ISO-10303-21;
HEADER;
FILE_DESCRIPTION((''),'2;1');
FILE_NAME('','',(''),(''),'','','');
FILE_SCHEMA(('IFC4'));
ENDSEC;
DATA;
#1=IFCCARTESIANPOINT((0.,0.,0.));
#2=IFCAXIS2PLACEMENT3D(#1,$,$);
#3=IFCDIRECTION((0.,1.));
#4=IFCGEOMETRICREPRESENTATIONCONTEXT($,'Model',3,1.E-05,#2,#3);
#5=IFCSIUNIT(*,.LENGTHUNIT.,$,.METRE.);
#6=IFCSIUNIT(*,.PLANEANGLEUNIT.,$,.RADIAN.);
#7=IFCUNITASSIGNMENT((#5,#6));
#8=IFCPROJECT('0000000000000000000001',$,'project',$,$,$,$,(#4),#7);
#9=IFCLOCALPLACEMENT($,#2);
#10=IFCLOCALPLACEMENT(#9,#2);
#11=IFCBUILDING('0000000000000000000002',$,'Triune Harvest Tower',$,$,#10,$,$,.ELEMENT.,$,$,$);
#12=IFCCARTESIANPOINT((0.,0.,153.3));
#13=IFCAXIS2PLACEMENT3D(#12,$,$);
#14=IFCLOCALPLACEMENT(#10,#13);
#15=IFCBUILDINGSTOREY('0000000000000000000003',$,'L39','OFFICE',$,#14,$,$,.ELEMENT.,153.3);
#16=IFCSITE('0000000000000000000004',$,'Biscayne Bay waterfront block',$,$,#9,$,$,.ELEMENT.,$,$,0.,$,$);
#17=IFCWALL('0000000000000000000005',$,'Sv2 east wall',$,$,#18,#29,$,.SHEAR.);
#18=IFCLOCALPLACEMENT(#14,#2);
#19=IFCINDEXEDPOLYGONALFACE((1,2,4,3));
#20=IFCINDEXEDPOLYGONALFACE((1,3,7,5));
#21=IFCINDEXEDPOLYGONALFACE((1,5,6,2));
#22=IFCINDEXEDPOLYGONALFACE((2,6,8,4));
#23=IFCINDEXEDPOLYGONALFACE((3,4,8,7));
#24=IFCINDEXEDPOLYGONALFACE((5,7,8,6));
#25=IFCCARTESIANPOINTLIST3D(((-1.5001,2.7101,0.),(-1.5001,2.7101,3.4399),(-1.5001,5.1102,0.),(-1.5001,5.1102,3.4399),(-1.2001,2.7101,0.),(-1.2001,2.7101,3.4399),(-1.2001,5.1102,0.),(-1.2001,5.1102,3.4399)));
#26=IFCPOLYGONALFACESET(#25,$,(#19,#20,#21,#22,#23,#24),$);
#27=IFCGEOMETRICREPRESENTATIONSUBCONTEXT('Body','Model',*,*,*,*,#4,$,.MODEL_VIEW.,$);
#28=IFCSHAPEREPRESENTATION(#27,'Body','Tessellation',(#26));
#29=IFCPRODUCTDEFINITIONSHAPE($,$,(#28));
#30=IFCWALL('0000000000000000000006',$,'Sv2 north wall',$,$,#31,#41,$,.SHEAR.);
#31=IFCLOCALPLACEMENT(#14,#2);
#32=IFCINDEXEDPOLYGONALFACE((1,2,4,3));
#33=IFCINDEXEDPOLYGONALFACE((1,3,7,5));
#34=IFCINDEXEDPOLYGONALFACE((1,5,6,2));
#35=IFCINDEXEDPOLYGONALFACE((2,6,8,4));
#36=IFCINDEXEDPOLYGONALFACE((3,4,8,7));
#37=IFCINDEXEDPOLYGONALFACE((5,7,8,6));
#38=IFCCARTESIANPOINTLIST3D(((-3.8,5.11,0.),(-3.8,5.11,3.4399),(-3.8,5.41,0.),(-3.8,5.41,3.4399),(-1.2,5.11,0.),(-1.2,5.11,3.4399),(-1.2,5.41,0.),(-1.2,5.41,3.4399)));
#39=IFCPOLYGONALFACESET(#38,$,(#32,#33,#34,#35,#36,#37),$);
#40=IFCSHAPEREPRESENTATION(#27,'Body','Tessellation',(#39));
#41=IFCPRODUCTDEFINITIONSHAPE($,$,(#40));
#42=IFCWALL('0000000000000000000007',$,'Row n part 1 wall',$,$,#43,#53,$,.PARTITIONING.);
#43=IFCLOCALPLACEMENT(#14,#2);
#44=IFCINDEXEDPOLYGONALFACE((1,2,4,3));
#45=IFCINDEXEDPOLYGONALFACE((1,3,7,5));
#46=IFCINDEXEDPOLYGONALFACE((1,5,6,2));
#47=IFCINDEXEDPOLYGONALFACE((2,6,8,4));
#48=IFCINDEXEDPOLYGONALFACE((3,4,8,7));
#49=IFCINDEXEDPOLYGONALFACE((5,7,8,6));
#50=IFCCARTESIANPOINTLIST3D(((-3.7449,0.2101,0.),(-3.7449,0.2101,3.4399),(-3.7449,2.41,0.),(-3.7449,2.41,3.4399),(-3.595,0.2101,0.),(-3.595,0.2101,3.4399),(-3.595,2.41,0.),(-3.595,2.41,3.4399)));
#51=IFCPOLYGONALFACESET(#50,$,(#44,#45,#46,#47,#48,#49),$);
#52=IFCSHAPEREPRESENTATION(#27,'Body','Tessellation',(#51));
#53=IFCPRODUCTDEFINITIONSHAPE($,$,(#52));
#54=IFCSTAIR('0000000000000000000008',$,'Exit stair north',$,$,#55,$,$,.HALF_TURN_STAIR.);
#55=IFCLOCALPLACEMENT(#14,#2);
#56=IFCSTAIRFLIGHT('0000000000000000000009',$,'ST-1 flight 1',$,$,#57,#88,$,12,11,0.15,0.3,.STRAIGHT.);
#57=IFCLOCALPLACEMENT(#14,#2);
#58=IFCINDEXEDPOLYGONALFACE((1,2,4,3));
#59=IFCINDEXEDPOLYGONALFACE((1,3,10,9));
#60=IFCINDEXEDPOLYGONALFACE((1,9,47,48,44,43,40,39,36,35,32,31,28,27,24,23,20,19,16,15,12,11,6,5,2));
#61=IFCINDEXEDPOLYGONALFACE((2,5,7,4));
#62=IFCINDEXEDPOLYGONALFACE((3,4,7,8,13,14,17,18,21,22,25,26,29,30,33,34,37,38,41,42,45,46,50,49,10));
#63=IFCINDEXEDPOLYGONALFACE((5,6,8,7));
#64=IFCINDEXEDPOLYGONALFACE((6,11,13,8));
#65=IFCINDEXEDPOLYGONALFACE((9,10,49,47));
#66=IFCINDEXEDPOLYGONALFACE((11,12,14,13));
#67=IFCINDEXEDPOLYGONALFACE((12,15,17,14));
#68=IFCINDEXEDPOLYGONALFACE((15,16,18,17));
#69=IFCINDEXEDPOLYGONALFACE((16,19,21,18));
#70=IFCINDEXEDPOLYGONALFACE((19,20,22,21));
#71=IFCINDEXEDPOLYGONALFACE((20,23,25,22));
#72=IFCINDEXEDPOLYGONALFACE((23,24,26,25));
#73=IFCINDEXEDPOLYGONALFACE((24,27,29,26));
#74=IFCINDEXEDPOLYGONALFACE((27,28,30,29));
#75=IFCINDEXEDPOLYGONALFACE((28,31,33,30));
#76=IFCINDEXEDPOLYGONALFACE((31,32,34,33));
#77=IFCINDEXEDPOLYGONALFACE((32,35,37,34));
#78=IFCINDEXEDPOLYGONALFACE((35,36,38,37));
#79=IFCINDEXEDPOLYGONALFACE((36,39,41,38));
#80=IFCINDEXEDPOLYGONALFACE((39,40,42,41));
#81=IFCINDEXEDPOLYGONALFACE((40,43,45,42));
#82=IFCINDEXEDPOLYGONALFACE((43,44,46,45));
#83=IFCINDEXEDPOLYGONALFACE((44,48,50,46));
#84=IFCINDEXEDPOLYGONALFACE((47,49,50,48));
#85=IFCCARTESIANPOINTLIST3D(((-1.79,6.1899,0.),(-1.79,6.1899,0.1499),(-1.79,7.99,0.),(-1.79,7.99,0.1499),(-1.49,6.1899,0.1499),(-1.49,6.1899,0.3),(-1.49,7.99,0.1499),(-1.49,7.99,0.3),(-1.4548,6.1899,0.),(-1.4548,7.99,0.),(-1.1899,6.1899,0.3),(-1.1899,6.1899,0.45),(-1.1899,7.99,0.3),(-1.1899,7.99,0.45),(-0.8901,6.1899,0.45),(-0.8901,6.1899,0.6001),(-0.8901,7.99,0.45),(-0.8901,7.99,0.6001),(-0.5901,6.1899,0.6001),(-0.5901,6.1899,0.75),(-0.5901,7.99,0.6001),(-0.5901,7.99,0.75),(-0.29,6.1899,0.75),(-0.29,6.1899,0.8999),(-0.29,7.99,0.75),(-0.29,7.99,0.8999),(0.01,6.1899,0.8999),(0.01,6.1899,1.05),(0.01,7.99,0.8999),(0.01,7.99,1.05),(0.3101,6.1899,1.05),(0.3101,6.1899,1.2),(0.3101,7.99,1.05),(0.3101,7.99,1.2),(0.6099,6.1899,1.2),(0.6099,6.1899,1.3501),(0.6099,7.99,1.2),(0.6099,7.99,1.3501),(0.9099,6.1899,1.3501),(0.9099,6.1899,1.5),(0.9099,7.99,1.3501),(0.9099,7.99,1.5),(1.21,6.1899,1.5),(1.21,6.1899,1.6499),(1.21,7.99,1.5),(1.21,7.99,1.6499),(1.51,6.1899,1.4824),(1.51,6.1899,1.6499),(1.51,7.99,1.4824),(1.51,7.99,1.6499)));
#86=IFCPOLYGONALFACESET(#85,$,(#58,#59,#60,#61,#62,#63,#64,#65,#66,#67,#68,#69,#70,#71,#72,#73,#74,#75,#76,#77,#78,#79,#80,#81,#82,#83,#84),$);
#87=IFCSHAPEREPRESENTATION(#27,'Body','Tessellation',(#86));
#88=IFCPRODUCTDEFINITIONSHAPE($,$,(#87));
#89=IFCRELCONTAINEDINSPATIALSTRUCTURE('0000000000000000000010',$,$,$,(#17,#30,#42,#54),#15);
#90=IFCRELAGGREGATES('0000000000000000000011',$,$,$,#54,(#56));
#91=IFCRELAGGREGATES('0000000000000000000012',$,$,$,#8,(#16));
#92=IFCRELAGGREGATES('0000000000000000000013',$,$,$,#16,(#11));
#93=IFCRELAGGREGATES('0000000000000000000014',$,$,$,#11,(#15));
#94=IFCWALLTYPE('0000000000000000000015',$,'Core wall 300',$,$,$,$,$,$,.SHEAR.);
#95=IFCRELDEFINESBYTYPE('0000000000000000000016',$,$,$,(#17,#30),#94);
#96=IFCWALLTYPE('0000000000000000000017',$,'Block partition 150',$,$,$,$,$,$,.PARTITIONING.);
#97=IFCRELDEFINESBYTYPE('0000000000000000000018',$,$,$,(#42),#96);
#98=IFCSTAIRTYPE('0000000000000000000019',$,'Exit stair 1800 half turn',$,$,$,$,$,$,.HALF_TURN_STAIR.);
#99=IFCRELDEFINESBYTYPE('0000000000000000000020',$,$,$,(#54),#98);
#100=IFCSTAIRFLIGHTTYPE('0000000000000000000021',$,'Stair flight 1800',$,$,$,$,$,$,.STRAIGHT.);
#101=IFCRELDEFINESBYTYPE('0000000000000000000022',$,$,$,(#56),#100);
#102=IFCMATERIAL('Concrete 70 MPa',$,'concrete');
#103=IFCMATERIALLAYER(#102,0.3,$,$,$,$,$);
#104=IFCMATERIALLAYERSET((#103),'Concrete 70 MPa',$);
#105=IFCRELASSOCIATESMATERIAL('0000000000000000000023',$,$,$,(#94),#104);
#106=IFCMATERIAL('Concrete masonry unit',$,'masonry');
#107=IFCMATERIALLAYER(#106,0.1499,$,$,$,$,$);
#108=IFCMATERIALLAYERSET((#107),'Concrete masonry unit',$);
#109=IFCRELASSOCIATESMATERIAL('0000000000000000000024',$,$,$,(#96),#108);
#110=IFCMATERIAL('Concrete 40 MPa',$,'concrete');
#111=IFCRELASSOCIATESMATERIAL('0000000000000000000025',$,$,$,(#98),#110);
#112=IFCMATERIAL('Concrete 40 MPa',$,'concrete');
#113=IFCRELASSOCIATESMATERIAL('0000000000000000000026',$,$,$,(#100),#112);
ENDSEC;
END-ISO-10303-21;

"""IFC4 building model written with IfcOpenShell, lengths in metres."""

from ifc_helpers import new_model, si_unit, direction, frame, frame_2d, origin, place, context, subcontext, project, spatial, polyline, rectangle, outline, extrude, source, transform, mapped, material, layer, layer_set, type_object, element, aggregate, save


model = new_model("IFC4")

# Units and contexts
model_context = context("Model", 3, precision=1e-05, world=origin(), true_north=direction((0.0, 1.0)))
body_context = subcontext(model_context, "Body", "Model", "MODEL_VIEW")
ifc_project = project(units=[si_unit("LENGTHUNIT", "METRE"), si_unit("PLANEANGLEUNIT", "RADIAN")], contexts=[model_context])

# Site, building, storey
site_placement = place(None, origin())
site = spatial("IfcSite", under=ifc_project, at=site_placement, Name="Biscayne Bay waterfront block", CompositionType="ELEMENT", RefElevation=0.0)
building_placement = place(site_placement, origin())
building = spatial("IfcBuilding", under=site, at=building_placement, Name="Triune Harvest Tower", CompositionType="ELEMENT")
storey_placement = place(building_placement, frame((0.0, 0.0, 153.3)))
storey = spatial("IfcBuildingStorey", under=building, at=storey_placement, Name="L39", Description="OFFICE", CompositionType="ELEMENT", Elevation=153.3)

# Shared definitions
ifc_material_1 = material(Name="Concrete 70 MPa", Category="concrete")
ifc_layer_1 = layer(ifc_material_1, 0.3)
ifc_layer_set_1 = layer_set([ifc_layer_1], Name="Concrete 70 MPa")
wall_type_1 = type_object("IfcWallType", Name="Core wall 300", PredefinedType="SHEAR", material=ifc_layer_set_1)

# Shared definitions
shared_shape_1 = source(origin(), body_context, "Body", "SweptSolid", [
    extrude(rectangle(XDim=2.4001, YDim=0.3, at=frame_2d((1.2002, 0.0))), origin(), (0.0, 0.0, 1.0), 3.4399),
])

# Walls
wall_1_placement = place(storey_placement, frame((-1.3501, 2.71, 0.0), z_axis=(0.0, 0.0, 1.0), x_axis=(0.0, 1.0, 0.0)))
element("IfcWall", 1, at=wall_1_placement, inside=storey, type_object=wall_type_1, Name="Sv2 east wall", PredefinedType="SHEAR", context=body_context, shape_type="MappedRepresentation", body=[
    mapped(shared_shape_1, transform((0.0, 0.0, 0.0), scale=1.0)),
])
shared_shape_2 = source(origin(), body_context, "Body", "SweptSolid", [
    extrude(rectangle(XDim=2.6001, YDim=0.3, at=frame_2d((1.3, 0.0))), origin(), (0.0, 0.0, 1.0), 3.4399),
])
wall_2_placement = place(storey_placement, frame((-3.8, 5.26, 0.0), z_axis=(0.0, 0.0, 1.0), x_axis=(1.0, 0.0, 0.0)))
element("IfcWall", 2, at=wall_2_placement, inside=storey, type_object=wall_type_1, Name="Sv2 north wall", PredefinedType="SHEAR", context=body_context, shape_type="MappedRepresentation", body=[
    mapped(shared_shape_2, transform((0.0, 0.0, 0.0), scale=1.0)),
])
ifc_material_2 = material(Name="Concrete masonry unit", Category="masonry")
ifc_layer_2 = layer(ifc_material_2, 0.1499)
ifc_layer_set_2 = layer_set([ifc_layer_2], Name="Concrete masonry unit")
wall_type_2 = type_object("IfcWallType", Name="Block partition 150", PredefinedType="PARTITIONING", material=ifc_layer_set_2)
shared_shape_3 = source(origin(), body_context, "Body", "SweptSolid", [
    extrude(rectangle(XDim=2.2, YDim=0.1499, at=frame_2d((1.1001, 0.0))), origin(), (0.0, 0.0, 1.0), 3.4399),
])
wall_3_placement = place(storey_placement, frame((-3.6699, 0.21, 0.0), z_axis=(0.0, 0.0, 1.0), x_axis=(0.0, 1.0, 0.0)))
element("IfcWall", 3, at=wall_3_placement, inside=storey, type_object=wall_type_2, Name="Row n part 1 wall", PredefinedType="PARTITIONING", context=body_context, shape_type="MappedRepresentation", body=[
    mapped(shared_shape_3, transform((0.0, 0.0, 0.0), scale=1.0)),
])

# Stair, stair flight
ifc_material_3 = material(Name="Concrete 40 MPa", Category="concrete")
stair_type = type_object("IfcStairType", Name="Exit stair 1800 half turn", PredefinedType="HALF_TURN_STAIR", material=ifc_material_3)
stair_placement = place(storey_placement, origin())
stair = element("IfcStair", 4, at=stair_placement, inside=storey, type_object=stair_type, Name="Exit stair north", PredefinedType="HALF_TURN_STAIR")
ifc_material_4 = material(Name="Concrete 40 MPa", Category="concrete")
stair_flight_type = type_object("IfcStairFlightType", Name="Stair flight 1800", PredefinedType="STRAIGHT", material=ifc_material_4)
shared_shape_4 = source(origin(), body_context, "Body", "SweptSolid", [
    extrude(outline(polyline([(0.0, 0.0), (0.0, 0.1499), (0.3, 0.1499), (0.3, 0.3), (0.6001, 0.3), (0.6001, 0.45), (0.8999, 0.45), (0.8999, 0.6001), (1.2, 0.6001), (1.2, 0.75), (1.5, 0.75), (1.5, 0.8999), (1.8, 0.8999), (1.8, 1.05), (2.1001, 1.05), (2.1001, 1.2), (2.3999, 1.2), (2.3999, 1.3501), (2.7, 1.3501), (2.7, 1.5), (3.0, 1.5), (3.0, 1.6499), (3.3, 1.6499), (3.3, 1.8), (3.3, 1.4824), (0.3352, 0.0), (0.0, 0.0)])), frame((0.0, 0.8999, 0.0), z_axis=(0.0, -1.0, 0.0), x_axis=(1.0, 0.0, 0.0)), (0.0, 0.0, 1.0), 1.8),
])
stair_flight_placement = place(storey_placement, frame((-1.79, 7.0901, 0.0), z_axis=(0.0, 0.0, 1.0), x_axis=(1.0, 0.0, 0.0)))
stair_flight = element("IfcStairFlight", 5, at=stair_flight_placement, type_object=stair_flight_type, Name="ST-1 flight 1", NumberOfRisers=12, NumberOfTreads=11, PredefinedType="STRAIGHT", RiserHeight=0.15, TreadLength=0.3, context=body_context, shape_type="MappedRepresentation", body=[
    mapped(shared_shape_4, transform((0.0, 0.0, 0.0), scale=1.0)),
])
aggregate(stair, [stair_flight])

save(model, "model.ifc")
